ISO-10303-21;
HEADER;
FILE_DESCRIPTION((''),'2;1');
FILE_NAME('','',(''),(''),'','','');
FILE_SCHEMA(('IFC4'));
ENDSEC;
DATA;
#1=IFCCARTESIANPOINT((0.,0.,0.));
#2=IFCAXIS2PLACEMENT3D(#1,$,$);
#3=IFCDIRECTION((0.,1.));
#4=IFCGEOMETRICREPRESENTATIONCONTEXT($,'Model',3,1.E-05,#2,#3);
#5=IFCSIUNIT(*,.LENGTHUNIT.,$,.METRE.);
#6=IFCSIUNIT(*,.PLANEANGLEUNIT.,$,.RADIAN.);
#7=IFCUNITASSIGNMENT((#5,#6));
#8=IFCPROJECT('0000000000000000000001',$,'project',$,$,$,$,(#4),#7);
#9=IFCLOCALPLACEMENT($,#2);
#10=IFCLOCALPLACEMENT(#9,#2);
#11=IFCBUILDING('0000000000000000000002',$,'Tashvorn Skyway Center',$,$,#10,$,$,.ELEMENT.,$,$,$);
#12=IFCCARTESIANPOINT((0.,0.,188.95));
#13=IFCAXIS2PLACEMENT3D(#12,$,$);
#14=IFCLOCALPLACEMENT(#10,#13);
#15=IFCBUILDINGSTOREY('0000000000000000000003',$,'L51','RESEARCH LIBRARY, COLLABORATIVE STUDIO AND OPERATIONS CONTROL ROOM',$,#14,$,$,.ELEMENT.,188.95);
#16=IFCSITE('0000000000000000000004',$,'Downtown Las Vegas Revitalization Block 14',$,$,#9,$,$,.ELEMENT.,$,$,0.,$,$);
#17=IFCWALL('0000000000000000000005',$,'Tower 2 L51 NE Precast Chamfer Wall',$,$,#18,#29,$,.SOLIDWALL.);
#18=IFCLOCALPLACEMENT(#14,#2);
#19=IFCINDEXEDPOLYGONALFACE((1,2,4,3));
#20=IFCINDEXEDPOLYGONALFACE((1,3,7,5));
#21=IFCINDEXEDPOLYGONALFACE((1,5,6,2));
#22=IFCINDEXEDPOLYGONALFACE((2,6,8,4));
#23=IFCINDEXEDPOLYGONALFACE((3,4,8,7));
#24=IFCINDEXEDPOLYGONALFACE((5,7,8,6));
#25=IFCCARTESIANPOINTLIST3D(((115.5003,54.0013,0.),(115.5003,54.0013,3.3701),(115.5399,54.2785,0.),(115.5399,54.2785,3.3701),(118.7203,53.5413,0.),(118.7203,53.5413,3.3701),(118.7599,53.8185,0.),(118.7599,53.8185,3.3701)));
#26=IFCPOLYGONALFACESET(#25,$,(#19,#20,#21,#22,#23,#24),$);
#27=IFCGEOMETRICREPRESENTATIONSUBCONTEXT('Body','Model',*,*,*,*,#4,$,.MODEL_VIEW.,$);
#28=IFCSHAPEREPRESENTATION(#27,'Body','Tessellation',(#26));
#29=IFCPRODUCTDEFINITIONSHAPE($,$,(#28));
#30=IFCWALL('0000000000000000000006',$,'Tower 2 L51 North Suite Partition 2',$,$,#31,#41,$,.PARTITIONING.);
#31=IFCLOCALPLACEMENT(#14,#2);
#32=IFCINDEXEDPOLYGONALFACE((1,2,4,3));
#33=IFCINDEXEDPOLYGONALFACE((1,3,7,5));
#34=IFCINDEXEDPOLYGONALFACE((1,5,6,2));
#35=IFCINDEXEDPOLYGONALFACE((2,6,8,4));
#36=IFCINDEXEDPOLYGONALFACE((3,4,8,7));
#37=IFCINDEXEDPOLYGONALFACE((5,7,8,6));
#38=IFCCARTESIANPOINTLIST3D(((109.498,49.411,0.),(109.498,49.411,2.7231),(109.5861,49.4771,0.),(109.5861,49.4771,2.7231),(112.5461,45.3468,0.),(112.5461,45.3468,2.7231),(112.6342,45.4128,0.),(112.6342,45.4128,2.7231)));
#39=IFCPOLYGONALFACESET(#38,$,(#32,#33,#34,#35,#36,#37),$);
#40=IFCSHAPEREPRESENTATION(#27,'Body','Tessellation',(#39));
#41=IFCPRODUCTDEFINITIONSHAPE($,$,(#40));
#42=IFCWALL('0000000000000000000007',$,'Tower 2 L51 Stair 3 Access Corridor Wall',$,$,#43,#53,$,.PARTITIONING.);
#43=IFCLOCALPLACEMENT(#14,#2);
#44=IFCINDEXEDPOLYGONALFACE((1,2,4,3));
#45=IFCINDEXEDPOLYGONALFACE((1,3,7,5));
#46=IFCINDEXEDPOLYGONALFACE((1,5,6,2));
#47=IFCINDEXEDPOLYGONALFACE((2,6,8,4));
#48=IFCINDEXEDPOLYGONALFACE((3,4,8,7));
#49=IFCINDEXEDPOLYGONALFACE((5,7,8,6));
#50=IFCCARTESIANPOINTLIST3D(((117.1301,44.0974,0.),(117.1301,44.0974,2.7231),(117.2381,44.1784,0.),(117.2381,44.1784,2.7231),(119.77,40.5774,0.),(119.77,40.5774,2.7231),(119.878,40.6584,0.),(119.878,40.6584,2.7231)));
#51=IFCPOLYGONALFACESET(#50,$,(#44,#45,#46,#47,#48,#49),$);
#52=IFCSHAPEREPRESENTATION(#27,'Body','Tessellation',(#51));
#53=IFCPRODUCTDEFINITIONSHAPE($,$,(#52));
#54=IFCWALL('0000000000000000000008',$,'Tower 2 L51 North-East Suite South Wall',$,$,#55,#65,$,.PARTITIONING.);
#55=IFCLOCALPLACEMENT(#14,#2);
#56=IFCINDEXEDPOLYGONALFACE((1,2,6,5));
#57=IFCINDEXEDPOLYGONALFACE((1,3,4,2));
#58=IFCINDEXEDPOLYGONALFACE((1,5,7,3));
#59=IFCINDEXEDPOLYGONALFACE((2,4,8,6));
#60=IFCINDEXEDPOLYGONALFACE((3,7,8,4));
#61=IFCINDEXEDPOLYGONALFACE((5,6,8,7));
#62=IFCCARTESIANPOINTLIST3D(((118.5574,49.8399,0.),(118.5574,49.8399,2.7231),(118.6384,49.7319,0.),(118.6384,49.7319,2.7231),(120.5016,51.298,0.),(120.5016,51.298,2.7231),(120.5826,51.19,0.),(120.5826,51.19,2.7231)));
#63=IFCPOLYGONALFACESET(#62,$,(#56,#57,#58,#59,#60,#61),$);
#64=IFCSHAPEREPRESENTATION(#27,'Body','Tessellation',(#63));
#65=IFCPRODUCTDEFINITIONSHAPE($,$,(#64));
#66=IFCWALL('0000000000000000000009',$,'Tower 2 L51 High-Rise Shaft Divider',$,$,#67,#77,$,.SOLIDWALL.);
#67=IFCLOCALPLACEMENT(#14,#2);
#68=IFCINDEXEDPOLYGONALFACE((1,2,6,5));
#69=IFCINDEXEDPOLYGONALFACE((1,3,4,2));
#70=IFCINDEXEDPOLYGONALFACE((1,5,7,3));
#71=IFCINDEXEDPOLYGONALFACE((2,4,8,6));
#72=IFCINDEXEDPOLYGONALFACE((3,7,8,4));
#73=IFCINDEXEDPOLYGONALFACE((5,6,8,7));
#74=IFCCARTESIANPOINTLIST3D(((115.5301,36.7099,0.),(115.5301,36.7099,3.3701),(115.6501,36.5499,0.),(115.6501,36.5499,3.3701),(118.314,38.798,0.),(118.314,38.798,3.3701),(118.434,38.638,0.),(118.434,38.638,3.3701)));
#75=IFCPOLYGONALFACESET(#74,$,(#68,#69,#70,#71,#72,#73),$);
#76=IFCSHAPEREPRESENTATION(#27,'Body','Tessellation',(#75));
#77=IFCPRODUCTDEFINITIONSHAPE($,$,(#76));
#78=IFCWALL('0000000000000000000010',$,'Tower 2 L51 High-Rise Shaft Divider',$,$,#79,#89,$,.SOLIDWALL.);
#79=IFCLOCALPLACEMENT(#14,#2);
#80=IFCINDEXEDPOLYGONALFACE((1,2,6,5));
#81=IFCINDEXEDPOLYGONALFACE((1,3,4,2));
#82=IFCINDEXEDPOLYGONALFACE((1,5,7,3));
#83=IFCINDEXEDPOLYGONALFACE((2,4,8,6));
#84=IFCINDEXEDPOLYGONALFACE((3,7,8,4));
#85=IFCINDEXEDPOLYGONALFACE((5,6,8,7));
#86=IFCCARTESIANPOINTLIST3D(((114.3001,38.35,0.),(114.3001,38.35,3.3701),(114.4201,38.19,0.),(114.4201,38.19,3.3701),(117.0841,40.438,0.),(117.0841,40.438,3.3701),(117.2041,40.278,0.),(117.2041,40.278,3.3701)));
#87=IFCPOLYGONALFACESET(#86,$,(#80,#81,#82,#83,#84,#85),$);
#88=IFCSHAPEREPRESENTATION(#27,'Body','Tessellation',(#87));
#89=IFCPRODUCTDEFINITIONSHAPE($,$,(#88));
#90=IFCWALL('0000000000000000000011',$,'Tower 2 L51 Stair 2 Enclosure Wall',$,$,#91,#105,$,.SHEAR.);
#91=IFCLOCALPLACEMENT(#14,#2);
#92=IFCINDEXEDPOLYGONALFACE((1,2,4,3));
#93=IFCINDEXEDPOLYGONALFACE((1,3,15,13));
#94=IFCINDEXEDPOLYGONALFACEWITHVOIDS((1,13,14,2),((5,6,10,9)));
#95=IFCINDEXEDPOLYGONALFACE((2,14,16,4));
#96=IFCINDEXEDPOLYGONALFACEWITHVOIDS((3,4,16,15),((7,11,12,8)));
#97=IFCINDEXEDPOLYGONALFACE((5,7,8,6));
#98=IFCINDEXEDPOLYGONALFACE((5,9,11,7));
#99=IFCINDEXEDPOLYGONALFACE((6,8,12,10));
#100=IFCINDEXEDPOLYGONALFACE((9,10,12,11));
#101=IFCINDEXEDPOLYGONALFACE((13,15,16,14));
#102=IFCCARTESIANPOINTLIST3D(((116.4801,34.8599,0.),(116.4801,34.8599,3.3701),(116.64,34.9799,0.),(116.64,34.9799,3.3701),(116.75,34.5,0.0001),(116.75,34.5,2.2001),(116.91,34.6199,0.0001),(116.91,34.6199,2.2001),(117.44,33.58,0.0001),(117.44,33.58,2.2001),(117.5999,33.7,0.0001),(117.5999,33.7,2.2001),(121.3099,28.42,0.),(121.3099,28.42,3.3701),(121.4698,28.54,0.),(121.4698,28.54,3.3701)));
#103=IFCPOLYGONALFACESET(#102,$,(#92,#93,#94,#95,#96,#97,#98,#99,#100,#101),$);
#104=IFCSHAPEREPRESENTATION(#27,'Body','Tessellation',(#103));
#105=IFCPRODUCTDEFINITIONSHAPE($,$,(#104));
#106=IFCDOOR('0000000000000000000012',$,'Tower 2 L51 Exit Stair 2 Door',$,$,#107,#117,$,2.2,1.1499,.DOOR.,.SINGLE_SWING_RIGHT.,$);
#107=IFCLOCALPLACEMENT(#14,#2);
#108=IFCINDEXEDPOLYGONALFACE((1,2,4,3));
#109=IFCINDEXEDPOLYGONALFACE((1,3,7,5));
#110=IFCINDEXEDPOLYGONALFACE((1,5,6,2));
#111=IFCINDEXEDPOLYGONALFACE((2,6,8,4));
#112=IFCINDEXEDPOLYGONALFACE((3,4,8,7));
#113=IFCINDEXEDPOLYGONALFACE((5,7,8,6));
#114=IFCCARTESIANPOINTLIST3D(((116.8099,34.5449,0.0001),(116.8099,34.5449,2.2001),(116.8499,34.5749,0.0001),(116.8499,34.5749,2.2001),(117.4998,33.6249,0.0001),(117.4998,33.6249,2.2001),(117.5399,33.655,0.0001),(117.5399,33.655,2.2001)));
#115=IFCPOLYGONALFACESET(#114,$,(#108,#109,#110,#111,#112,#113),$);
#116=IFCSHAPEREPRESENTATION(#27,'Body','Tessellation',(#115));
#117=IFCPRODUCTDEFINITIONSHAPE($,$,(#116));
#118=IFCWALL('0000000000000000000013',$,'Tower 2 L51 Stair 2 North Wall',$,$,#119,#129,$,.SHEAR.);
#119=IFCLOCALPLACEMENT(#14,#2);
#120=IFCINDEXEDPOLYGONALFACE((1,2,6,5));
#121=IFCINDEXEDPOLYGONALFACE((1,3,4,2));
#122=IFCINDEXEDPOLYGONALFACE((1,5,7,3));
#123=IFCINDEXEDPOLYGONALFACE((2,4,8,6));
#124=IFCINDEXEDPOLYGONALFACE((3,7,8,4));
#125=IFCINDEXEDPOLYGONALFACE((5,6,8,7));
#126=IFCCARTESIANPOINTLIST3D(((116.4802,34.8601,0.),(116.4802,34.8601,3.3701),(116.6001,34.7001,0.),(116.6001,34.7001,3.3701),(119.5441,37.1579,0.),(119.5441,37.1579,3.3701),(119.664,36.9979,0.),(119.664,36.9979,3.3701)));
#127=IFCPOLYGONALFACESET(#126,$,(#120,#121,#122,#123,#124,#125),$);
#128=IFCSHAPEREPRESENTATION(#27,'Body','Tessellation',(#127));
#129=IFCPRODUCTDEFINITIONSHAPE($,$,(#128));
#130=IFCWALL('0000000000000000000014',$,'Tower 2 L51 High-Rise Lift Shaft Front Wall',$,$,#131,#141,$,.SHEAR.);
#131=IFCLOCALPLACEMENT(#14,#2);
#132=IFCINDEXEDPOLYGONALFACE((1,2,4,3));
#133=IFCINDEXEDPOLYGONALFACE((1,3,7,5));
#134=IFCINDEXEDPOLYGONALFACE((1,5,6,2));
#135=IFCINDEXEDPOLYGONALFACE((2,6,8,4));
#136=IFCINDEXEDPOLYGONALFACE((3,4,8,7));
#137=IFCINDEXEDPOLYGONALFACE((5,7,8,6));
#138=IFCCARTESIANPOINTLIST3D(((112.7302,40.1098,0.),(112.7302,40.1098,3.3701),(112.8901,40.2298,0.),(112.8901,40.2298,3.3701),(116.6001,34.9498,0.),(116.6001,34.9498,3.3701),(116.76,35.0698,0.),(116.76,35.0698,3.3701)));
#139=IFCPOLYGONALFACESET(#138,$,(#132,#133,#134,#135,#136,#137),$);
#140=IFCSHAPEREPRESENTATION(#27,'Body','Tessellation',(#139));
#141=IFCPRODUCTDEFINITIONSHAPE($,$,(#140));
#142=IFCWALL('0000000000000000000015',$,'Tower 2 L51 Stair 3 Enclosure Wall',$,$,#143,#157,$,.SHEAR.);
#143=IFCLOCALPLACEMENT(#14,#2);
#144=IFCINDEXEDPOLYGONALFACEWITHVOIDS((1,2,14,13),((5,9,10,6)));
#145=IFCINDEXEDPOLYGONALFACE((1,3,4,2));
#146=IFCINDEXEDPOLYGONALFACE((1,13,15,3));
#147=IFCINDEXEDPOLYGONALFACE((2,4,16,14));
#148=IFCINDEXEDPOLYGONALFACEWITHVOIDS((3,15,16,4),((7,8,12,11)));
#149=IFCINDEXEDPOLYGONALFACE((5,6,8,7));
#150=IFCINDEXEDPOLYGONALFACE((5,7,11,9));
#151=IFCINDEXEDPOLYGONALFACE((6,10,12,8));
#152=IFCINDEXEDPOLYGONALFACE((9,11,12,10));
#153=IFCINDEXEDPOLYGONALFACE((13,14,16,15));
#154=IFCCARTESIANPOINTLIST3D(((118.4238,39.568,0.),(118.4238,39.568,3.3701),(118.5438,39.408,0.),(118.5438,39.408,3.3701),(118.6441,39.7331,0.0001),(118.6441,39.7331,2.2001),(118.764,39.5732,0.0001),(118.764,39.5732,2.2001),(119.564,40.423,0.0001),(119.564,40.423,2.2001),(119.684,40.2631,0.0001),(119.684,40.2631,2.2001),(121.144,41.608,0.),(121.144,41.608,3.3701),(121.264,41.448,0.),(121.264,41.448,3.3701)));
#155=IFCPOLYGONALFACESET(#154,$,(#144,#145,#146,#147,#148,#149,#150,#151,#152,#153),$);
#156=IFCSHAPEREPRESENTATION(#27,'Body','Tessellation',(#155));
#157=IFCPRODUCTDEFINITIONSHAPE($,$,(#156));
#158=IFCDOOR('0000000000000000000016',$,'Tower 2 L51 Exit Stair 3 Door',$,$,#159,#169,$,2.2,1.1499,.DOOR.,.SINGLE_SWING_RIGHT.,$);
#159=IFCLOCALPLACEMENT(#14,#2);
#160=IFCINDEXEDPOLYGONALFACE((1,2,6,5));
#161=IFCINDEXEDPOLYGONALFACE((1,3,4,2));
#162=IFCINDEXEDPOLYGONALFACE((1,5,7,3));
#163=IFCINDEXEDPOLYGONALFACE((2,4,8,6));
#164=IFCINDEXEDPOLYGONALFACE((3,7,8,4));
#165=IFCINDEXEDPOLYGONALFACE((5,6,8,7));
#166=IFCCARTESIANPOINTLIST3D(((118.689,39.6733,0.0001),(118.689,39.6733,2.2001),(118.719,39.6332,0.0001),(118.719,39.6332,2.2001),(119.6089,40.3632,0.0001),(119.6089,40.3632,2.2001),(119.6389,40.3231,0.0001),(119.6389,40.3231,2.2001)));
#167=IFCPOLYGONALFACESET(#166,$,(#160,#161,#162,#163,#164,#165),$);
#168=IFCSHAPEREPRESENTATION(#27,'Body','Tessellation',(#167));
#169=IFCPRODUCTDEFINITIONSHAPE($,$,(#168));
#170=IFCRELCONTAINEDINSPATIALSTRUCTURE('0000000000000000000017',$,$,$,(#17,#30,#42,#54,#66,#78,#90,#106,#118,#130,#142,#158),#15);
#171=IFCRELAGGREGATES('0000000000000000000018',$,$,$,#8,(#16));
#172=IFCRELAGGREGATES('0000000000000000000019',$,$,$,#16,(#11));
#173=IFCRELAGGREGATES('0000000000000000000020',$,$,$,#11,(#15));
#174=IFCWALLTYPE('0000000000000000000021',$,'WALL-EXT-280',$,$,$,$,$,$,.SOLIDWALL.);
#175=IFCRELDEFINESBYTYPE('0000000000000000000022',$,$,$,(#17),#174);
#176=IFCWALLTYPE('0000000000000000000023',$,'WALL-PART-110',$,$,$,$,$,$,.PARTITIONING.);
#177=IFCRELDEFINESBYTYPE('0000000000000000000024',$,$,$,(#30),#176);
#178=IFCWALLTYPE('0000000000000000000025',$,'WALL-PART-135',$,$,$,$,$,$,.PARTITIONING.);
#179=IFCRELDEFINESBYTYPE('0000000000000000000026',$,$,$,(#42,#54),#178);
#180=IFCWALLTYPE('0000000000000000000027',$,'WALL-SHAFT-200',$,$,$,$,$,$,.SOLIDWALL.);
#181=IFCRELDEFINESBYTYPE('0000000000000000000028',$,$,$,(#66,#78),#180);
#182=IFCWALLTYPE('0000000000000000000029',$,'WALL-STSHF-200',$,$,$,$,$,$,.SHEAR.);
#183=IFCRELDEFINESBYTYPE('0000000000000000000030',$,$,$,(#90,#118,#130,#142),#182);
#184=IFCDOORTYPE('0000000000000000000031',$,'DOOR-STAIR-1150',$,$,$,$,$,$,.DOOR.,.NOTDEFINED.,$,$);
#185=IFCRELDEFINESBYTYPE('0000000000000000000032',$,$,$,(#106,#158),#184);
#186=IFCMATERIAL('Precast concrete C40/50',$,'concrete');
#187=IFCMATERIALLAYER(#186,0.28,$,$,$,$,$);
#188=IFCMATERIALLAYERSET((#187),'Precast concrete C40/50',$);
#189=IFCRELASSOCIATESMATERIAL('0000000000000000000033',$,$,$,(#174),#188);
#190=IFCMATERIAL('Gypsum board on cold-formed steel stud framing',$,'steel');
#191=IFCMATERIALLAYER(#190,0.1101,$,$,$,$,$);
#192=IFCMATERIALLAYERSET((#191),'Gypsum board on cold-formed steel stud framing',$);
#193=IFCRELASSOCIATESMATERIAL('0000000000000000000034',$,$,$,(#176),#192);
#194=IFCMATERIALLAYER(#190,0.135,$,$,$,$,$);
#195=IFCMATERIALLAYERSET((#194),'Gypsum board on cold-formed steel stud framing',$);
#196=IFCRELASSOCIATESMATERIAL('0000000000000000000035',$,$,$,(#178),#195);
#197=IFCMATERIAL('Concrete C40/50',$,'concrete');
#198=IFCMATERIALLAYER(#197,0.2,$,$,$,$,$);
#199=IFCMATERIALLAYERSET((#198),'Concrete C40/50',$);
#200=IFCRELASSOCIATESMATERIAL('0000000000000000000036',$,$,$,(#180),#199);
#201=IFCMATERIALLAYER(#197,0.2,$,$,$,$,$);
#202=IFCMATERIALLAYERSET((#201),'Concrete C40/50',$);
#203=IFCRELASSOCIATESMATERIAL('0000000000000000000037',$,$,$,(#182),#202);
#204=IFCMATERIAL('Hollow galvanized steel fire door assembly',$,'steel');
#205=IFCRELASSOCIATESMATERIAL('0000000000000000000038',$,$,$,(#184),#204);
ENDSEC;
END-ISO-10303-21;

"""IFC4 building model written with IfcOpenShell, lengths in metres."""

from ifc_helpers import new_model, si_unit, direction, frame, frame_2d, origin, place, context, subcontext, project, spatial, rectangle, extrude, material, layer, layer_set, type_object, element, fill, save


model = new_model("IFC4")

# Units and contexts
model_context = context("Model", 3, precision=1e-05, world=origin(), true_north=direction((0.0, 1.0)))
body_context = subcontext(model_context, "Body", "Model", "MODEL_VIEW")
ifc_project = project(units=[si_unit("LENGTHUNIT", "METRE"), si_unit("PLANEANGLEUNIT", "RADIAN")], contexts=[model_context])

# Site, building, storey
site_placement = place(None, origin())
site = spatial("IfcSite", under=ifc_project, at=site_placement, Name="Downtown Las Vegas Revitalization Block 14", CompositionType="ELEMENT", RefElevation=0.0)
building_placement = place(site_placement, origin())
building = spatial("IfcBuilding", under=site, at=building_placement, Name="Tashvorn Skyway Center", CompositionType="ELEMENT")
storey_placement = place(building_placement, frame((0.0, 0.0, 188.95)))
storey = spatial("IfcBuildingStorey", under=building, at=storey_placement, Name="L51", Description="RESEARCH LIBRARY, COLLABORATIVE STUDIO AND OPERATIONS CONTROL ROOM", CompositionType="ELEMENT", Elevation=188.95)

# Walls
ifc_material_1 = material(Name="Precast concrete C40/50", Category="concrete")
ifc_layer_1 = layer(ifc_material_1, 0.28)
ifc_layer_set_1 = layer_set([ifc_layer_1], Name="Precast concrete C40/50")
wall_type_1 = type_object("IfcWallType", Name="WALL-EXT-280", PredefinedType="SOLIDWALL", material=ifc_layer_set_1)
wall_1_placement = place(storey_placement, frame((115.52, 54.1399, 0.0), z_axis=(0.0, 0.0, 1.0), x_axis=(0.989951, -0.141411, 0.0)))
element("IfcWall", 1, at=wall_1_placement, inside=storey, type_object=wall_type_1, Name="Tower 2 L51 NE Precast Chamfer Wall", PredefinedType="SOLIDWALL", context=body_context, shape_type="SweptSolid", body=[
    extrude(rectangle(XDim=3.2527, YDim=0.28, at=frame_2d((1.6265, 0.0))), origin(), (0.0, 0.0, 1.0), 3.3701),
])
ifc_material_2 = material(Name="Gypsum board on cold-formed steel stud framing", Category="steel")
ifc_layer_2 = layer(ifc_material_2, 0.1101)
ifc_layer_set_2 = layer_set([ifc_layer_2], Name="Gypsum board on cold-formed steel stud framing")
wall_type_2 = type_object("IfcWallType", Name="WALL-PART-110", PredefinedType="PARTITIONING", material=ifc_layer_set_2)
wall_2_placement = place(storey_placement, frame((112.5901, 45.3799, 0.0), z_axis=(0.0, 0.0, 1.0), x_axis=(-0.599992, 0.800006, 0.0)))
element("IfcWall", 2, at=wall_2_placement, inside=storey, type_object=wall_type_2, Name="Tower 2 L51 North Suite Partition 2", PredefinedType="PARTITIONING", context=body_context, shape_type="SweptSolid", body=[
    extrude(rectangle(XDim=5.0803, YDim=0.1101, at=frame_2d((2.54, 0.0))), origin(), (0.0, 0.0, 1.0), 2.7231),
])
ifc_layer_3 = layer(ifc_material_2, 0.135)
ifc_layer_set_3 = layer_set([ifc_layer_3], Name="Gypsum board on cold-formed steel stud framing")
wall_type_3 = type_object("IfcWallType", Name="WALL-PART-135", PredefinedType="PARTITIONING", material=ifc_layer_set_3)
wall_3_placement = place(storey_placement, frame((119.824, 40.6179, 0.0), z_axis=(0.0, 0.0, 1.0), x_axis=(-0.599982, 0.800013, 0.0)))
element("IfcWall", 3, at=wall_3_placement, inside=storey, type_object=wall_type_3, Name="Tower 2 L51 Stair 3 Access Corridor Wall", PredefinedType="PARTITIONING", context=body_context, shape_type="SweptSolid", body=[
    extrude(rectangle(XDim=4.3999, YDim=0.135, at=frame_2d((2.2, 0.0))), origin(), (0.0, 0.0, 1.0), 2.7231),
])
wall_4_placement = place(storey_placement, frame((118.5979, 49.7859, 0.0), z_axis=(0.0, 0.0, 1.0), x_axis=(0.800012, 0.599984, 0.0)))
element("IfcWall", 4, at=wall_4_placement, inside=storey, type_object=wall_type_3, Name="Tower 2 L51 North-East Suite South Wall", PredefinedType="PARTITIONING", context=body_context, shape_type="SweptSolid", body=[
    extrude(rectangle(XDim=2.4302, YDim=0.135, at=frame_2d((1.2151, 0.0))), origin(), (0.0, 0.0, 1.0), 2.7231),
])
ifc_material_3 = material(Name="Concrete C40/50", Category="concrete")
ifc_layer_4 = layer(ifc_material_3, 0.2)
ifc_layer_set_4 = layer_set([ifc_layer_4], Name="Concrete C40/50")
wall_type_4 = type_object("IfcWallType", Name="WALL-SHAFT-200", PredefinedType="SOLIDWALL", material=ifc_layer_set_4)
for number, where, z_axis, x_axis, name in (
    (5, (115.5901, 36.6299, 0.0), (0.0, 0.0, 1.0), (0.799975, 0.600034, 0.0), "Tower 2 L51 High-Rise Shaft Divider"),
    (6, (114.3601, 38.27, 0.0), (0.0, 0.0, 1.0), (0.800008, 0.599989, 0.0), "Tower 2 L51 High-Rise Shaft Divider"),
):
    element("IfcWall", number, at=place(storey_placement, frame(where, z_axis=z_axis, x_axis=x_axis)), inside=storey, type_object=wall_type_4, Name=name, PredefinedType="SOLIDWALL", context=body_context, shape_type="SweptSolid", body=[
        extrude(rectangle(XDim=3.48, YDim=0.2, at=frame_2d((1.74, 0.0))), origin(), (0.0, 0.0, 1.0), 3.3701),
    ])

# Wall, opening, door
ifc_layer_5 = layer(ifc_material_3, 0.2)
ifc_layer_set_5 = layer_set([ifc_layer_5], Name="Concrete C40/50")
wall_type_5 = type_object("IfcWallType", Name="WALL-STSHF-200", PredefinedType="SHEAR", material=ifc_layer_set_5)
wall_5_placement = place(storey_placement, frame((116.5601, 34.9199, 0.0), z_axis=(0.0, 0.0, 1.0), x_axis=(0.59999, -0.800007, 0.0)))
wall_5 = element("IfcWall", 7, at=wall_5_placement, inside=storey, type_object=wall_type_5, Name="Tower 2 L51 Stair 2 Enclosure Wall", PredefinedType="SHEAR", context=body_context, shape_type="SweptSolid", body=[
    extrude(rectangle(XDim=8.0498, YDim=0.2, at=frame_2d((4.0249, 0.0))), origin(), (0.0, 0.0, 1.0), 3.3701),
])
opening_1_placement = place(wall_5_placement, frame((0.45, 0.0, 0.0)))
opening_1 = element("IfcOpeningElement", 8, at=opening_1_placement, cuts=wall_5, PredefinedType="OPENING", context=body_context, shape_type="SweptSolid", body=[
    extrude(rectangle(XDim=1.1499, YDim=2.2, at=frame_2d((0.575, 1.1001))), frame((0.0, 0.1099, 0.0), z_axis=(0.0, -1.0, 0.0), x_axis=(1.0, 0.0, 0.0)), (0.0, 0.0, 1.0), 0.22),
])
ifc_material_4 = material(Name="Hollow galvanized steel fire door assembly", Category="steel")
door_type = type_object("IfcDoorType", Name="DOOR-STAIR-1150", OperationType="NOTDEFINED", PredefinedType="DOOR", material=ifc_material_4)
door_1_placement = place(opening_1_placement, origin())
door_1 = element("IfcDoor", 9, at=door_1_placement, inside=storey, type_object=door_type, Name="Tower 2 L51 Exit Stair 2 Door", OperationType="SINGLE_SWING_RIGHT", OverallHeight=2.2, OverallWidth=1.1499, PredefinedType="DOOR", context=body_context, shape_type="SweptSolid", body=[
    extrude(rectangle(XDim=1.1499, YDim=2.2, at=frame_2d((0.575, 1.1001))), frame((0.0, 0.0249, 0.0), z_axis=(0.0, -1.0, 0.0), x_axis=(1.0, 0.0, 0.0)), (0.0, 0.0, 1.0), 0.05),
])
fill(opening_1, door_1)

# Walls
wall_6_placement = place(storey_placement, frame((116.54, 34.78, 0.0), z_axis=(0.0, 0.0, 1.0), x_axis=(0.800015, 0.59998, 0.0)))
element("IfcWall", 10, at=wall_6_placement, inside=storey, type_object=wall_type_5, Name="Tower 2 L51 Stair 2 North Wall", PredefinedType="SHEAR", context=body_context, shape_type="SweptSolid", body=[
    extrude(rectangle(XDim=3.8298, YDim=0.2, at=frame_2d((1.915, 0.0))), origin(), (0.0, 0.0, 1.0), 3.3701),
])
wall_7_placement = place(storey_placement, frame((112.8101, 40.1699, 0.0), z_axis=(0.0, 0.0, 1.0), x_axis=(0.599994, -0.800005, 0.0)))
element("IfcWall", 11, at=wall_7_placement, inside=storey, type_object=wall_type_5, Name="Tower 2 L51 High-Rise Lift Shaft Front Wall", PredefinedType="SHEAR", context=body_context, shape_type="SweptSolid", body=[
    extrude(rectangle(XDim=6.45, YDim=0.2, at=frame_2d((3.2251, 0.0))), origin(), (0.0, 0.0, 1.0), 3.3701),
])

# Wall, opening, door
wall_8_placement = place(storey_placement, frame((121.2041, 41.5281, 0.0), z_axis=(0.0, 0.0, 1.0), x_axis=(-0.800017, -0.599977, 0.0)))
wall_8 = element("IfcWall", 12, at=wall_8_placement, inside=storey, type_object=wall_type_5, Name="Tower 2 L51 Stair 3 Enclosure Wall", PredefinedType="SHEAR", context=body_context, shape_type="SweptSolid", body=[
    extrude(rectangle(XDim=3.4001, YDim=0.2, at=frame_2d((1.7002, 0.0))), origin(), (0.0, 0.0, 1.0), 3.3701),
])
opening_2_placement = place(wall_8_placement, frame((1.9751, 0.0, 0.0)))
opening_2 = element("IfcOpeningElement", 13, at=opening_2_placement, cuts=wall_8, PredefinedType="OPENING", context=body_context, shape_type="SweptSolid", body=[
    extrude(rectangle(XDim=1.1499, YDim=2.2, at=frame_2d((0.575, 1.1001))), frame((0.0, 0.1099, 0.0), z_axis=(0.0, -1.0, 0.0), x_axis=(1.0, 0.0, 0.0)), (0.0, 0.0, 1.0), 0.22),
])
door_2_placement = place(opening_2_placement, origin())
door_2 = element("IfcDoor", 14, at=door_2_placement, inside=storey, type_object=door_type, Name="Tower 2 L51 Exit Stair 3 Door", OperationType="SINGLE_SWING_RIGHT", OverallHeight=2.2, OverallWidth=1.1499, PredefinedType="DOOR", context=body_context, shape_type="SweptSolid", body=[
    extrude(rectangle(XDim=1.1499, YDim=2.2, at=frame_2d((0.575, 1.1001))), frame((0.0, 0.0249, 0.0), z_axis=(0.0, -1.0, 0.0), x_axis=(1.0, 0.0, 0.0)), (0.0, 0.0, 1.0), 0.05),
])
fill(opening_2, door_2)

save(model, "model.ifc")
